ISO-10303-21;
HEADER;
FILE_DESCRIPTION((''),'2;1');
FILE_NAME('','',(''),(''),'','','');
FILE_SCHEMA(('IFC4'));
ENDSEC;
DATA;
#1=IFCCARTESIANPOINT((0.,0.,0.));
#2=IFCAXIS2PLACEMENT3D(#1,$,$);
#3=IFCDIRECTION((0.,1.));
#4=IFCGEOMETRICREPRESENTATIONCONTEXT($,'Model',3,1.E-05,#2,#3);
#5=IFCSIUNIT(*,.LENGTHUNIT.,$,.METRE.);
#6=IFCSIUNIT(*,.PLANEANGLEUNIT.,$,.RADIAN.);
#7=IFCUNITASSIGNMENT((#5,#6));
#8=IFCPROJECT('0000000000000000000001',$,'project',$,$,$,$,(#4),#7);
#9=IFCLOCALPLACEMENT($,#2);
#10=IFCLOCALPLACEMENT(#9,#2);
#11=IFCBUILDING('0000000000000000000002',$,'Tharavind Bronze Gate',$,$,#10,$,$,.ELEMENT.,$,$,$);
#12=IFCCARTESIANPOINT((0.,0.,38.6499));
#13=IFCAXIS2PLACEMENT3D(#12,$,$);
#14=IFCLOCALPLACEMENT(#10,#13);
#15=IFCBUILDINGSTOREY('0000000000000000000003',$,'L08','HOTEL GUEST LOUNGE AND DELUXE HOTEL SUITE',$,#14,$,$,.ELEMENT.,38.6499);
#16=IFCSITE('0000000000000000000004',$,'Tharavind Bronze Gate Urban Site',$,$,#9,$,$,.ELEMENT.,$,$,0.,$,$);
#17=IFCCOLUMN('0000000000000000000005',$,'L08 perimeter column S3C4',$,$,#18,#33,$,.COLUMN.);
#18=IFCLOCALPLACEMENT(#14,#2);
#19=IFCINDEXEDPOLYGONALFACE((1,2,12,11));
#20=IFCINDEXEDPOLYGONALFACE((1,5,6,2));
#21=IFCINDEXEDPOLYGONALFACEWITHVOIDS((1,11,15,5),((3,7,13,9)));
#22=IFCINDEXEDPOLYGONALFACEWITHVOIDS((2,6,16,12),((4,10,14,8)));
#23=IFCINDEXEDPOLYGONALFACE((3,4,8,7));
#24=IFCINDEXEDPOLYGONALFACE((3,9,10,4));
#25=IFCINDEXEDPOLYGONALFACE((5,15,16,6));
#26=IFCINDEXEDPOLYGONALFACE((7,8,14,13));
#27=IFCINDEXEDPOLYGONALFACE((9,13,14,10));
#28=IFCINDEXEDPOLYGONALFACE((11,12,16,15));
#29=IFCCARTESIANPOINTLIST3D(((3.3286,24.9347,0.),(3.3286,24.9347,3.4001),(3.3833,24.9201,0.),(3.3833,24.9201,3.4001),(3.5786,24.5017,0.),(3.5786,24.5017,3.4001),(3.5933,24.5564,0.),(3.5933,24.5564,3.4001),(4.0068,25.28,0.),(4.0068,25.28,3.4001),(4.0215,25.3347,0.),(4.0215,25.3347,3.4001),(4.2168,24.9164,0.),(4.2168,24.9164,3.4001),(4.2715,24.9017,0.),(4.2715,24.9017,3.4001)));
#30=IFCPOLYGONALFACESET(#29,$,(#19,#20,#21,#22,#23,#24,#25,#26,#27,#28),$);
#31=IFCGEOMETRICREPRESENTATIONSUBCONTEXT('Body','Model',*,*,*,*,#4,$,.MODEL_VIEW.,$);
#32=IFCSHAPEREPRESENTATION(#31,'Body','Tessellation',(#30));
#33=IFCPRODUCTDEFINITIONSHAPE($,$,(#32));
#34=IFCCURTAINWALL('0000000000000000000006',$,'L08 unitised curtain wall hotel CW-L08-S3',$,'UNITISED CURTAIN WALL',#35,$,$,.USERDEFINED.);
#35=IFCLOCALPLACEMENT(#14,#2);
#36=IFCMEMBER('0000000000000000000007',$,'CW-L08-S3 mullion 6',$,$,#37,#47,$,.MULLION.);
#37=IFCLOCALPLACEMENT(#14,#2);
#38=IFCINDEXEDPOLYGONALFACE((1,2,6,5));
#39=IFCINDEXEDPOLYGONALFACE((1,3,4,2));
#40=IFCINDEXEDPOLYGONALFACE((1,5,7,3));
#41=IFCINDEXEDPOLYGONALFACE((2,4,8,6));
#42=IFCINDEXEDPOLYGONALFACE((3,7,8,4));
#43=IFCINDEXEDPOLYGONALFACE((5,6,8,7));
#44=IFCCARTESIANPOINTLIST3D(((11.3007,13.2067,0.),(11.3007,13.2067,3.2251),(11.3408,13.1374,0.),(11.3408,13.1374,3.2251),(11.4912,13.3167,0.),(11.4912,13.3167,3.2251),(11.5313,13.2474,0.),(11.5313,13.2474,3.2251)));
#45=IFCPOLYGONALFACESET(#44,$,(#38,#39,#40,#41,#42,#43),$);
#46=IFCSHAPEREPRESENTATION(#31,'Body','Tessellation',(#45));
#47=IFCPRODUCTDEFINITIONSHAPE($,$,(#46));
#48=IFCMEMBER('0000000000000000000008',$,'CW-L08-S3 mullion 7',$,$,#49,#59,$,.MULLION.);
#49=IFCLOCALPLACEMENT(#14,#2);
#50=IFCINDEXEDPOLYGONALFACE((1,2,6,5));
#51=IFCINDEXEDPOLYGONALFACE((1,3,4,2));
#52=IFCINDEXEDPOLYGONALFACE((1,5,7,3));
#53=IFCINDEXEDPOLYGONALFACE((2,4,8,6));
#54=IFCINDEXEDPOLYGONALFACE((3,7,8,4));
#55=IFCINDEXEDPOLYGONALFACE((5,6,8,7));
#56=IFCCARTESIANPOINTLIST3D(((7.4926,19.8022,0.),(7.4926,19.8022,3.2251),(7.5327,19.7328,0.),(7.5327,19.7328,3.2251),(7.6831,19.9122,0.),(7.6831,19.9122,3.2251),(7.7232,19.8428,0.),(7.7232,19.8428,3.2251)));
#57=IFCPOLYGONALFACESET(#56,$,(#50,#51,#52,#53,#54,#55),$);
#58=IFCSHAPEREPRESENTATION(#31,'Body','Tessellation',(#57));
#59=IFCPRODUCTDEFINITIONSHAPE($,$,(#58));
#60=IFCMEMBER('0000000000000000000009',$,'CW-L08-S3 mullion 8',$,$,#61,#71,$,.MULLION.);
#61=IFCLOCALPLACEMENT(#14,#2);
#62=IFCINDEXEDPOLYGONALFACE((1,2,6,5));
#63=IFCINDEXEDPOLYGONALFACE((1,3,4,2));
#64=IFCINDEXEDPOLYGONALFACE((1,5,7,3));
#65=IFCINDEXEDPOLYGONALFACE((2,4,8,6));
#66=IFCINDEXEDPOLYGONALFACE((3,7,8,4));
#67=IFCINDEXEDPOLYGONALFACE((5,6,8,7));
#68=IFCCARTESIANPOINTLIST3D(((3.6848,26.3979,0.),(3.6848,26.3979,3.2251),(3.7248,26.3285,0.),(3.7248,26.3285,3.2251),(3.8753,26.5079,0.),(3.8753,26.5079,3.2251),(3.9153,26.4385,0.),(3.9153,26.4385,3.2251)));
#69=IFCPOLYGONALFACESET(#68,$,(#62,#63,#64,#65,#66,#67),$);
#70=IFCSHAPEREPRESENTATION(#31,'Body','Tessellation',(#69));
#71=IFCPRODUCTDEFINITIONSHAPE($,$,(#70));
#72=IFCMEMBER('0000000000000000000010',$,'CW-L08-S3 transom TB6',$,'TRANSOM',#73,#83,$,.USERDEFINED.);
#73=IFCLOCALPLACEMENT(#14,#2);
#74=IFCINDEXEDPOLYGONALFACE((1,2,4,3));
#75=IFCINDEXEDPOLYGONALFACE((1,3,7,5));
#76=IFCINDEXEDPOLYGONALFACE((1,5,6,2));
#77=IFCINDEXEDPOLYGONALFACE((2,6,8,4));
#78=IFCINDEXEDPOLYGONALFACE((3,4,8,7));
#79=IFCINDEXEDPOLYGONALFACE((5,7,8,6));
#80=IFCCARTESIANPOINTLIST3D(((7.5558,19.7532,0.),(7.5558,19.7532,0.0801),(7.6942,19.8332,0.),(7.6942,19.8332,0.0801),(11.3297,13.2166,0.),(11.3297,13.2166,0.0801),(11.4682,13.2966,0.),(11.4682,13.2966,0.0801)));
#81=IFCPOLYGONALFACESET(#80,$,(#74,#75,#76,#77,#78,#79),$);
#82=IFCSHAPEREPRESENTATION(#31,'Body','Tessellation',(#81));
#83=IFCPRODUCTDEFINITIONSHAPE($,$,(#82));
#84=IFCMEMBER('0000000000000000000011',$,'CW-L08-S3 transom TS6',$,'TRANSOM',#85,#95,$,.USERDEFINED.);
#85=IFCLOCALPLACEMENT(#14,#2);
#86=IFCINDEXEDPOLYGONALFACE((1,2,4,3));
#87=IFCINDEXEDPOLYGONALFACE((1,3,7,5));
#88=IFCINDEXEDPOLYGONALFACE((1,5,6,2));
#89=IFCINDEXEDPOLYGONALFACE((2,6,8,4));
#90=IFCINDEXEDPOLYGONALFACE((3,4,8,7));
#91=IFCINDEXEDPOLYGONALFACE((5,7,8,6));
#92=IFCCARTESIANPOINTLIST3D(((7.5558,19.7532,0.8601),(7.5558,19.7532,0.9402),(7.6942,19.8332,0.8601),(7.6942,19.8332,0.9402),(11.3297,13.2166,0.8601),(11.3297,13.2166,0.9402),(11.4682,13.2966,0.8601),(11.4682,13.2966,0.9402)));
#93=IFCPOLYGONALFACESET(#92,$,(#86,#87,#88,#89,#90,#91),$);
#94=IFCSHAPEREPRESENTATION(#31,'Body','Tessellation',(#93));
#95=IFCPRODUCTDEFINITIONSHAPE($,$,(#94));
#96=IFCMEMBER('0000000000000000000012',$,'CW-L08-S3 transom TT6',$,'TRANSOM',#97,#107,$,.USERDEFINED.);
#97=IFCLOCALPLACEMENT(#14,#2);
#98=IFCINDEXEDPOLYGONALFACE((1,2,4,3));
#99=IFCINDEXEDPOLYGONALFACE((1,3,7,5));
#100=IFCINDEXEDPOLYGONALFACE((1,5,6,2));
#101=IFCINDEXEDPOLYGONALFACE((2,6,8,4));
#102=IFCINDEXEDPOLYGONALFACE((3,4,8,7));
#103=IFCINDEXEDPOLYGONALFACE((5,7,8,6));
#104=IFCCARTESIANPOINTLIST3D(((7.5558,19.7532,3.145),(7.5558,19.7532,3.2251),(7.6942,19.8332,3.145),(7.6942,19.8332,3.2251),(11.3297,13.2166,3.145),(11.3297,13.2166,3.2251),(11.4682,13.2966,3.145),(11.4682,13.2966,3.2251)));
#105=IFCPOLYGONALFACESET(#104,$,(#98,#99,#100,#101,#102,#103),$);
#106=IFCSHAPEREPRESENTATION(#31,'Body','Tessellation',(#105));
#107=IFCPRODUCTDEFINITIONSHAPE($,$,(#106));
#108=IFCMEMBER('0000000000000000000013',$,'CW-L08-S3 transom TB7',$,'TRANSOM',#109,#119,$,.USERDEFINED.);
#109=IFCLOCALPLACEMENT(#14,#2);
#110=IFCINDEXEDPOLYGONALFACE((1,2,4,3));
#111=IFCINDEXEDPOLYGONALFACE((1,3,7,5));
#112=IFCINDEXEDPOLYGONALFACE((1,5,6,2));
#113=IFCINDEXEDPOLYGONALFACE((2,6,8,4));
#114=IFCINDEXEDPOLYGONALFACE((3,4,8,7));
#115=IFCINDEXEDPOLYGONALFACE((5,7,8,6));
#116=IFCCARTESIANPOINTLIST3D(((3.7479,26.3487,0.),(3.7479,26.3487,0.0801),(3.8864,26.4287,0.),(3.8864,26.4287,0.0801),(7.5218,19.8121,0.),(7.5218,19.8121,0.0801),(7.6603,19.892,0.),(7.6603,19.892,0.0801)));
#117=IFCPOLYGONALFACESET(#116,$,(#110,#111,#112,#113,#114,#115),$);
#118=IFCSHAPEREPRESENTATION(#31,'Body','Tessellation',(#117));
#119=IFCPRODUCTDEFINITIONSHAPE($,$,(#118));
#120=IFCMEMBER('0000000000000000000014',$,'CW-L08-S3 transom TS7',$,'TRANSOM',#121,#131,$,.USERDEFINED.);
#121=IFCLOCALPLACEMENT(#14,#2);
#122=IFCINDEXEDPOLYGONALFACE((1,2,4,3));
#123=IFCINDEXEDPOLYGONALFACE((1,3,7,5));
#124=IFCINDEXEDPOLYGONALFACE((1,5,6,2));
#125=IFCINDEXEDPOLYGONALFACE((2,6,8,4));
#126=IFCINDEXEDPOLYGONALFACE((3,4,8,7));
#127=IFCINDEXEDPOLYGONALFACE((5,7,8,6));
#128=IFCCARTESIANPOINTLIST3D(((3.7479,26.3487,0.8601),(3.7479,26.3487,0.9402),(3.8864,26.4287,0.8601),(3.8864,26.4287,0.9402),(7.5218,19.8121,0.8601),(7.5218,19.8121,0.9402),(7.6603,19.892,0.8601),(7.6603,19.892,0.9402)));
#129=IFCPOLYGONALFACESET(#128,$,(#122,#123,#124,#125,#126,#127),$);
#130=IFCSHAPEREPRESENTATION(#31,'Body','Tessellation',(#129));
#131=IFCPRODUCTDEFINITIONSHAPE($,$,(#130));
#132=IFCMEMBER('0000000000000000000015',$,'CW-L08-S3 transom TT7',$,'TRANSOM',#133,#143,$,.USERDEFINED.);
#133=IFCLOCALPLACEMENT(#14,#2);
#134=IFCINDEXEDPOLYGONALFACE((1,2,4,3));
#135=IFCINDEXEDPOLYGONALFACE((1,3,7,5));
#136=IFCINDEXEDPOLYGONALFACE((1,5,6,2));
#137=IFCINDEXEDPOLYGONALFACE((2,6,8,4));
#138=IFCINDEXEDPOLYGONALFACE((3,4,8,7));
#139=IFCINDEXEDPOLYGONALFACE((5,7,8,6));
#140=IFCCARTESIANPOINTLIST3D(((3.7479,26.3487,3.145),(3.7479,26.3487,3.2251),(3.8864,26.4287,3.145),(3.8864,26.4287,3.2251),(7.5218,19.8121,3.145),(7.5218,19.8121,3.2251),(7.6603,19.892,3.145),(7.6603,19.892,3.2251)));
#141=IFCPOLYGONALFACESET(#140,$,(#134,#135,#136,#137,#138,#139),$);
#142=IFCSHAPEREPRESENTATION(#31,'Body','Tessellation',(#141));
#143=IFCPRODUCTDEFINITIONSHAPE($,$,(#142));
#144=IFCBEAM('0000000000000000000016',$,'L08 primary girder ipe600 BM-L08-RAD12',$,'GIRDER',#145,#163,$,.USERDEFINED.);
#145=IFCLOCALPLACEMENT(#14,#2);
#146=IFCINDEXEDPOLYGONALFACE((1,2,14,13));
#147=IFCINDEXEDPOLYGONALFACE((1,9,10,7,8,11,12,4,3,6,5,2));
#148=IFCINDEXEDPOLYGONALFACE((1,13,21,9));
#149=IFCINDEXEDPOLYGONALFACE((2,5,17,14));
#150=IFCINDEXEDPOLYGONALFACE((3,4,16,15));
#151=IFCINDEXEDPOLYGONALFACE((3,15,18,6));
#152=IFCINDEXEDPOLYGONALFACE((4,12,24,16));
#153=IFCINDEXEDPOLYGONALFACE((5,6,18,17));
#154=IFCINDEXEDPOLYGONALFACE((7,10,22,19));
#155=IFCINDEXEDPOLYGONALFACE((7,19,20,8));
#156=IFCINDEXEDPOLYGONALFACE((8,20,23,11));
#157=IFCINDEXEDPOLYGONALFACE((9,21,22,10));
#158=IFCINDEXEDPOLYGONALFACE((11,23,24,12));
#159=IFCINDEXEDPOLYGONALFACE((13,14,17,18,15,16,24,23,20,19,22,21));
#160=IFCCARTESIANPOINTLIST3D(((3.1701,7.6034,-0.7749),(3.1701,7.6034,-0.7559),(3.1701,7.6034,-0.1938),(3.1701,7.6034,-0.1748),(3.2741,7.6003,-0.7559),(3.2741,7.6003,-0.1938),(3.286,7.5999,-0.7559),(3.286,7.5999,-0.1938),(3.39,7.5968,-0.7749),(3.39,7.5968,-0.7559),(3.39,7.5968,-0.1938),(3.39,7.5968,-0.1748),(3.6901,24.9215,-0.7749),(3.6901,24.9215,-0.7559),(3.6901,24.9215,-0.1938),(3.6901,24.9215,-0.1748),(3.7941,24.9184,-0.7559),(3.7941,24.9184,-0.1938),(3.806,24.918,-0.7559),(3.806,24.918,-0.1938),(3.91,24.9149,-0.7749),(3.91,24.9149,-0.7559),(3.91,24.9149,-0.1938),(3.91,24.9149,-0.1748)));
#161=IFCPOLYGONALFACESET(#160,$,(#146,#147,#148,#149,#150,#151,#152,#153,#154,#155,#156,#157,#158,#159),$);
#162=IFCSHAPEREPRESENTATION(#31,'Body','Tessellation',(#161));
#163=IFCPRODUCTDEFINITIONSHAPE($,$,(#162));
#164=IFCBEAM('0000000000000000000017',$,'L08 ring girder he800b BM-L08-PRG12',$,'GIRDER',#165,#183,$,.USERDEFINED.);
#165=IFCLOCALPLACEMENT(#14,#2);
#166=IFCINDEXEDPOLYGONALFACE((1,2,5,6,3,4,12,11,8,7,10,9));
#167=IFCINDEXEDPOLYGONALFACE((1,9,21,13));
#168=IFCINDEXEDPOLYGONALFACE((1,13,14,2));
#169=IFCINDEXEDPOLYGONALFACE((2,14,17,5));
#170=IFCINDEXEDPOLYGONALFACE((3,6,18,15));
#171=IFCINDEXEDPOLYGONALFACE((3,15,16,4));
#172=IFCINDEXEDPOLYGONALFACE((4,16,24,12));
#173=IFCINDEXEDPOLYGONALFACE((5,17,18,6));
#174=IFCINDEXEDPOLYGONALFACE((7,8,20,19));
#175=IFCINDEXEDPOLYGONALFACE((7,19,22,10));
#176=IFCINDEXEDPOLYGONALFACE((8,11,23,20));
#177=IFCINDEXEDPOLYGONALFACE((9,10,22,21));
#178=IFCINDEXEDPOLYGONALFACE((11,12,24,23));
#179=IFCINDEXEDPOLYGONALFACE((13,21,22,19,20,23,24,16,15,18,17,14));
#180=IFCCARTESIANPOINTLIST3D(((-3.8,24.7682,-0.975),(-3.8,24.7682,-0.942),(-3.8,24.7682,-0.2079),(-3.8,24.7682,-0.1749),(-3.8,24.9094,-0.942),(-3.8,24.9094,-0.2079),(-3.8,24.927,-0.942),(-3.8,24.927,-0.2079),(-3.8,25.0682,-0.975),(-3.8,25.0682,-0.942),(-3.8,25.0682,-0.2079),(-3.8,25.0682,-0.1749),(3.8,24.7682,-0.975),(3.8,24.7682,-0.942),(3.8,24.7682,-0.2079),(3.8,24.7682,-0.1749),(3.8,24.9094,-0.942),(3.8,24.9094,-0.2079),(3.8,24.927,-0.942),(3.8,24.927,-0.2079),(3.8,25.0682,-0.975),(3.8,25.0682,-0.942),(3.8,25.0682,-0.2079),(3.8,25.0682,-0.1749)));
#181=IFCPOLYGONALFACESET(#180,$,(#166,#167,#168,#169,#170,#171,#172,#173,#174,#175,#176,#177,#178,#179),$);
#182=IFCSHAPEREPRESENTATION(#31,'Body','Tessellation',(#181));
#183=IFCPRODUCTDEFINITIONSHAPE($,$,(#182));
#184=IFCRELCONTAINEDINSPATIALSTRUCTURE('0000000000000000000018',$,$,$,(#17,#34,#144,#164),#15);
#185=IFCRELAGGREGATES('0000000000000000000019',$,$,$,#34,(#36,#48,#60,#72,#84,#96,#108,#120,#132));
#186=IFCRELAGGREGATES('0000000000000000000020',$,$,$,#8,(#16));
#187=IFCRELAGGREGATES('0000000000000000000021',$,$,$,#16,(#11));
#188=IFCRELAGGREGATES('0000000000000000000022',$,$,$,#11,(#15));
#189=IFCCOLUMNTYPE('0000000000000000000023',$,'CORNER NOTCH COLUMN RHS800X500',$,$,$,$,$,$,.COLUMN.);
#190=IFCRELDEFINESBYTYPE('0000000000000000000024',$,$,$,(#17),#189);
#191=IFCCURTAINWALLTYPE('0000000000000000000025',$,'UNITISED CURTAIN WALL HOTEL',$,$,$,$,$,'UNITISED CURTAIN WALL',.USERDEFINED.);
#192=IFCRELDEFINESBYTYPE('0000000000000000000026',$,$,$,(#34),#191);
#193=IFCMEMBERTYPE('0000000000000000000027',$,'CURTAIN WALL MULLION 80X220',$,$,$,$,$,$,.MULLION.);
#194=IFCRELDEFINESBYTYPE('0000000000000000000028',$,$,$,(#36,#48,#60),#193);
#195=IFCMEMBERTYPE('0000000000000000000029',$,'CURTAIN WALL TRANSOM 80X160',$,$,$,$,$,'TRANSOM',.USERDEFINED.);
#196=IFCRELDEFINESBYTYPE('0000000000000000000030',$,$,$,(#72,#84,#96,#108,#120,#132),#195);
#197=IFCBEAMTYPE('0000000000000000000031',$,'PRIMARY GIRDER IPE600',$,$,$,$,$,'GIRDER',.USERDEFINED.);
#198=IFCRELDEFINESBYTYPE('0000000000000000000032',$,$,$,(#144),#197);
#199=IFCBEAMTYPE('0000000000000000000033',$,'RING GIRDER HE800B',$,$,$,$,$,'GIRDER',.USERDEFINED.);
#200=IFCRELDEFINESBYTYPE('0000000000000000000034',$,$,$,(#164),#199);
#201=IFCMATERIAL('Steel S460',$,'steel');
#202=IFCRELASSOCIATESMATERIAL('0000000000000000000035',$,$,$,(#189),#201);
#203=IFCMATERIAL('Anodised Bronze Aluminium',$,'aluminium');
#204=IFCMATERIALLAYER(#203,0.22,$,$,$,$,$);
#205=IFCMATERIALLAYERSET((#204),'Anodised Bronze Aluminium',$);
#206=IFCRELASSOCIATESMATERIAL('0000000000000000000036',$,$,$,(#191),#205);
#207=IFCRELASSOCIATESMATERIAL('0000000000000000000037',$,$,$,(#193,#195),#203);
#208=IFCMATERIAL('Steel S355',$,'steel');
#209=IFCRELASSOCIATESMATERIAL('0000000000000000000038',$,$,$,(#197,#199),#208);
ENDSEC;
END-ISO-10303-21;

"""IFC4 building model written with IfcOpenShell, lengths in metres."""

from ifc_helpers import new_model, si_unit, direction, frame, origin, origin_2d, place, context, subcontext, project, spatial, rectangle, hollow_rectangle, i_section, extrude, material, layer, layer_set, material_profile, profile_set, type_object, element, aggregate, save


model = new_model("IFC4")

# Units and contexts
model_context = context("Model", 3, precision=1e-05, world=origin(), true_north=direction((0.0, 1.0)))
body_context = subcontext(model_context, "Body", "Model", "MODEL_VIEW")
ifc_project = project(units=[si_unit("LENGTHUNIT", "METRE"), si_unit("PLANEANGLEUNIT", "RADIAN")], contexts=[model_context])

# Site, building, storey
site_placement = place(None, origin())
site = spatial("IfcSite", under=ifc_project, at=site_placement, Name="Tharavind Bronze Gate Urban Site", CompositionType="ELEMENT", RefElevation=0.0)
building_placement = place(site_placement, origin())
building = spatial("IfcBuilding", under=site, at=building_placement, Name="Tharavind Bronze Gate", CompositionType="ELEMENT")
storey_placement = place(building_placement, frame((0.0, 0.0, 38.6499)))
storey = spatial("IfcBuildingStorey", under=building, at=storey_placement, Name="L08", Description="HOTEL GUEST LOUNGE AND DELUXE HOTEL SUITE", CompositionType="ELEMENT", Elevation=38.6499)

# Column
ifc_material_1 = material(Name="Steel S460", Category="steel")
ifc_material_profile_1 = material_profile(ifc_material_1, hollow_rectangle(XDim=0.5, YDim=0.8, WallThickness=0.04, at=origin_2d()), Name="RHS800X500X40")
ifc_profile_set_1 = profile_set([ifc_material_profile_1], Name="Steel S460")
column_type = type_object("IfcColumnType", Name="CORNER NOTCH COLUMN RHS800X500", PredefinedType="COLUMN", material=ifc_profile_set_1)
column_placement = place(storey_placement, frame((3.8, 24.9182, 0.0), z_axis=(0.0, 0.0, 1.0), x_axis=(-0.500002, 0.866025, 0.0)))
element("IfcColumn", 1, at=column_placement, inside=storey, type_object=column_type, Name="L08 perimeter column S3C4", PredefinedType="COLUMN", context=body_context, shape_type="SweptSolid", body=[
    extrude(hollow_rectangle(XDim=0.5, YDim=0.8, WallThickness=0.04, at=origin_2d()), origin(), (0.0, 0.0, 1.0), 3.4001),
])

# Curtain wall, members
ifc_material_2 = material(Name="Anodised Bronze Aluminium", Category="aluminium")
ifc_layer_1 = layer(ifc_material_2, 0.22)
ifc_layer_set_1 = layer_set([ifc_layer_1], Name="Anodised Bronze Aluminium")
curtain_wall_type = type_object("IfcCurtainWallType", Name="UNITISED CURTAIN WALL HOTEL", ElementType="UNITISED CURTAIN WALL", PredefinedType="USERDEFINED", material=ifc_layer_set_1)
curtain_wall_placement = place(storey_placement, origin())
curtain_wall = element("IfcCurtainWall", 2, at=curtain_wall_placement, inside=storey, type_object=curtain_wall_type, Name="L08 unitised curtain wall hotel CW-L08-S3", ObjectType="UNITISED CURTAIN WALL", PredefinedType="USERDEFINED")
member_type_1 = type_object("IfcMemberType", Name="CURTAIN WALL MULLION 80X220", PredefinedType="MULLION", material=ifc_material_2)
member_1_placement = place(storey_placement, frame((11.416, 13.2271, 0.0), z_axis=(0.0, 0.0, 1.0), x_axis=(-0.500002, 0.866025, 0.0)))
member_1 = element("IfcMember", 3, at=member_1_placement, type_object=member_type_1, Name="CW-L08-S3 mullion 6", PredefinedType="MULLION", context=body_context, shape_type="SweptSolid", body=[
    extrude(rectangle(XDim=0.0801, YDim=0.22, at=origin_2d()), origin(), (0.0, 0.0, 1.0), 3.2251),
])
member_2_placement = place(storey_placement, frame((7.6079, 19.8225, 0.0), z_axis=(0.0, 0.0, 1.0), x_axis=(-0.500002, 0.866025, 0.0)))
member_2 = element("IfcMember", 4, at=member_2_placement, type_object=member_type_1, Name="CW-L08-S3 mullion 7", PredefinedType="MULLION", context=body_context, shape_type="SweptSolid", body=[
    extrude(rectangle(XDim=0.0801, YDim=0.22, at=origin_2d()), origin(), (0.0, 0.0, 1.0), 3.2251),
])
member_3_placement = place(storey_placement, frame((3.8, 26.4182, 0.0), z_axis=(0.0, 0.0, 1.0), x_axis=(-0.500002, 0.866025, 0.0)))
member_3 = element("IfcMember", 5, at=member_3_placement, type_object=member_type_1, Name="CW-L08-S3 mullion 8", PredefinedType="MULLION", context=body_context, shape_type="SweptSolid", body=[
    extrude(rectangle(XDim=0.0801, YDim=0.22, at=origin_2d()), origin(), (0.0, 0.0, 1.0), 3.2251),
])
member_type_2 = type_object("IfcMemberType", Name="CURTAIN WALL TRANSOM 80X160", ElementType="TRANSOM", PredefinedType="USERDEFINED", material=ifc_material_2)
member_4_placement = place(storey_placement, frame((9.512, 16.5249, 0.0), z_axis=(0.0, 0.0, 1.0), x_axis=(-0.500002, 0.866025, 0.0)))
member_4 = element("IfcMember", 6, at=member_4_placement, type_object=member_type_2, Name="CW-L08-S3 transom TB6", ObjectType="TRANSOM", PredefinedType="USERDEFINED", context=body_context, shape_type="SweptSolid", body=[
    extrude(rectangle(XDim=7.5479, YDim=0.1599, at=origin_2d()), origin(), (0.0, 0.0, 1.0), 0.0801),
])
member_5_placement = place(storey_placement, frame((9.512, 16.5249, 0.8601), z_axis=(0.0, 0.0, 1.0), x_axis=(-0.500002, 0.866025, 0.0)))
member_5 = element("IfcMember", 7, at=member_5_placement, type_object=member_type_2, Name="CW-L08-S3 transom TS6", ObjectType="TRANSOM", PredefinedType="USERDEFINED", context=body_context, shape_type="SweptSolid", body=[
    extrude(rectangle(XDim=7.5479, YDim=0.1599, at=origin_2d()), origin(), (0.0, 0.0, 1.0), 0.0801),
])
member_6_placement = place(storey_placement, frame((9.512, 16.5249, 3.145), z_axis=(0.0, 0.0, 1.0), x_axis=(-0.500002, 0.866025, 0.0)))
member_6 = element("IfcMember", 8, at=member_6_placement, type_object=member_type_2, Name="CW-L08-S3 transom TT6", ObjectType="TRANSOM", PredefinedType="USERDEFINED", context=body_context, shape_type="SweptSolid", body=[
    extrude(rectangle(XDim=7.5479, YDim=0.1599, at=origin_2d()), origin(), (0.0, 0.0, 1.0), 0.0801),
])
member_7_placement = place(storey_placement, frame((5.7041, 23.1204, 0.0), z_axis=(0.0, 0.0, 1.0), x_axis=(-0.500002, 0.866025, 0.0)))
member_7 = element("IfcMember", 9, at=member_7_placement, type_object=member_type_2, Name="CW-L08-S3 transom TB7", ObjectType="TRANSOM", PredefinedType="USERDEFINED", context=body_context, shape_type="SweptSolid", body=[
    extrude(rectangle(XDim=7.5479, YDim=0.1599, at=origin_2d()), origin(), (0.0, 0.0, 1.0), 0.0801),
])
member_8_placement = place(storey_placement, frame((5.7041, 23.1204, 0.8601), z_axis=(0.0, 0.0, 1.0), x_axis=(-0.500002, 0.866025, 0.0)))
member_8 = element("IfcMember", 10, at=member_8_placement, type_object=member_type_2, Name="CW-L08-S3 transom TS7", ObjectType="TRANSOM", PredefinedType="USERDEFINED", context=body_context, shape_type="SweptSolid", body=[
    extrude(rectangle(XDim=7.5479, YDim=0.1599, at=origin_2d()), origin(), (0.0, 0.0, 1.0), 0.0801),
])
member_9_placement = place(storey_placement, frame((5.7041, 23.1204, 3.145), z_axis=(0.0, 0.0, 1.0), x_axis=(-0.500002, 0.866025, 0.0)))
member_9 = element("IfcMember", 11, at=member_9_placement, type_object=member_type_2, Name="CW-L08-S3 transom TT7", ObjectType="TRANSOM", PredefinedType="USERDEFINED", context=body_context, shape_type="SweptSolid", body=[
    extrude(rectangle(XDim=7.5479, YDim=0.1599, at=origin_2d()), origin(), (0.0, 0.0, 1.0), 0.0801),
])

# Beams
ifc_material_3 = material(Name="Steel S355", Category="steel")
ifc_material_profile_2 = material_profile(ifc_material_3, i_section(OverallWidth=0.22, OverallDepth=0.6001, WebThickness=0.012, FlangeThickness=0.019, at=origin_2d()), Name="IPE600")
ifc_profile_set_2 = profile_set([ifc_material_profile_2], Name="Steel S355")
beam_type_1 = type_object("IfcBeamType", Name="PRIMARY GIRDER IPE600", ElementType="GIRDER", PredefinedType="USERDEFINED", material=ifc_profile_set_2)
beam_1_placement = place(storey_placement, frame((3.8, 24.9182, -0.4749), z_axis=(-0.030014, -0.999549, 0.0), x_axis=(0.999549, -0.030014, 0.0)))
element("IfcBeam", 12, at=beam_1_placement, inside=storey, type_object=beam_type_1, Name="L08 primary girder ipe600 BM-L08-RAD12", ObjectType="GIRDER", PredefinedType="USERDEFINED", context=body_context, shape_type="SweptSolid", body=[
    extrude(i_section(OverallWidth=0.22, OverallDepth=0.6001, WebThickness=0.012, FlangeThickness=0.019, at=origin_2d()), origin(), (0.0, 0.0, 1.0), 17.3259),
])
ifc_material_profile_3 = material_profile(ifc_material_3, i_section(OverallWidth=0.3, OverallDepth=0.8, WebThickness=0.0176, FlangeThickness=0.033, at=origin_2d()), Name="HE800B")
ifc_profile_set_3 = profile_set([ifc_material_profile_3], Name="Steel S355")
beam_type_2 = type_object("IfcBeamType", Name="RING GIRDER HE800B", ElementType="GIRDER", PredefinedType="USERDEFINED", material=ifc_profile_set_3)
beam_2_placement = place(storey_placement, frame((3.8, 24.9182, -0.575), z_axis=(-1.0, 0.0, 0.0), x_axis=(0.0, -1.0, 0.0)))
element("IfcBeam", 13, at=beam_2_placement, inside=storey, type_object=beam_type_2, Name="L08 ring girder he800b BM-L08-PRG12", ObjectType="GIRDER", PredefinedType="USERDEFINED", context=body_context, shape_type="SweptSolid", body=[
    extrude(i_section(OverallWidth=0.3, OverallDepth=0.8, WebThickness=0.0176, FlangeThickness=0.033, at=origin_2d()), origin(), (0.0, 0.0, 1.0), 7.6001),
])

aggregate(curtain_wall, [member_1, member_2, member_3, member_4, member_5, member_6, member_7, member_8, member_9])

save(model, "model.ifc")
